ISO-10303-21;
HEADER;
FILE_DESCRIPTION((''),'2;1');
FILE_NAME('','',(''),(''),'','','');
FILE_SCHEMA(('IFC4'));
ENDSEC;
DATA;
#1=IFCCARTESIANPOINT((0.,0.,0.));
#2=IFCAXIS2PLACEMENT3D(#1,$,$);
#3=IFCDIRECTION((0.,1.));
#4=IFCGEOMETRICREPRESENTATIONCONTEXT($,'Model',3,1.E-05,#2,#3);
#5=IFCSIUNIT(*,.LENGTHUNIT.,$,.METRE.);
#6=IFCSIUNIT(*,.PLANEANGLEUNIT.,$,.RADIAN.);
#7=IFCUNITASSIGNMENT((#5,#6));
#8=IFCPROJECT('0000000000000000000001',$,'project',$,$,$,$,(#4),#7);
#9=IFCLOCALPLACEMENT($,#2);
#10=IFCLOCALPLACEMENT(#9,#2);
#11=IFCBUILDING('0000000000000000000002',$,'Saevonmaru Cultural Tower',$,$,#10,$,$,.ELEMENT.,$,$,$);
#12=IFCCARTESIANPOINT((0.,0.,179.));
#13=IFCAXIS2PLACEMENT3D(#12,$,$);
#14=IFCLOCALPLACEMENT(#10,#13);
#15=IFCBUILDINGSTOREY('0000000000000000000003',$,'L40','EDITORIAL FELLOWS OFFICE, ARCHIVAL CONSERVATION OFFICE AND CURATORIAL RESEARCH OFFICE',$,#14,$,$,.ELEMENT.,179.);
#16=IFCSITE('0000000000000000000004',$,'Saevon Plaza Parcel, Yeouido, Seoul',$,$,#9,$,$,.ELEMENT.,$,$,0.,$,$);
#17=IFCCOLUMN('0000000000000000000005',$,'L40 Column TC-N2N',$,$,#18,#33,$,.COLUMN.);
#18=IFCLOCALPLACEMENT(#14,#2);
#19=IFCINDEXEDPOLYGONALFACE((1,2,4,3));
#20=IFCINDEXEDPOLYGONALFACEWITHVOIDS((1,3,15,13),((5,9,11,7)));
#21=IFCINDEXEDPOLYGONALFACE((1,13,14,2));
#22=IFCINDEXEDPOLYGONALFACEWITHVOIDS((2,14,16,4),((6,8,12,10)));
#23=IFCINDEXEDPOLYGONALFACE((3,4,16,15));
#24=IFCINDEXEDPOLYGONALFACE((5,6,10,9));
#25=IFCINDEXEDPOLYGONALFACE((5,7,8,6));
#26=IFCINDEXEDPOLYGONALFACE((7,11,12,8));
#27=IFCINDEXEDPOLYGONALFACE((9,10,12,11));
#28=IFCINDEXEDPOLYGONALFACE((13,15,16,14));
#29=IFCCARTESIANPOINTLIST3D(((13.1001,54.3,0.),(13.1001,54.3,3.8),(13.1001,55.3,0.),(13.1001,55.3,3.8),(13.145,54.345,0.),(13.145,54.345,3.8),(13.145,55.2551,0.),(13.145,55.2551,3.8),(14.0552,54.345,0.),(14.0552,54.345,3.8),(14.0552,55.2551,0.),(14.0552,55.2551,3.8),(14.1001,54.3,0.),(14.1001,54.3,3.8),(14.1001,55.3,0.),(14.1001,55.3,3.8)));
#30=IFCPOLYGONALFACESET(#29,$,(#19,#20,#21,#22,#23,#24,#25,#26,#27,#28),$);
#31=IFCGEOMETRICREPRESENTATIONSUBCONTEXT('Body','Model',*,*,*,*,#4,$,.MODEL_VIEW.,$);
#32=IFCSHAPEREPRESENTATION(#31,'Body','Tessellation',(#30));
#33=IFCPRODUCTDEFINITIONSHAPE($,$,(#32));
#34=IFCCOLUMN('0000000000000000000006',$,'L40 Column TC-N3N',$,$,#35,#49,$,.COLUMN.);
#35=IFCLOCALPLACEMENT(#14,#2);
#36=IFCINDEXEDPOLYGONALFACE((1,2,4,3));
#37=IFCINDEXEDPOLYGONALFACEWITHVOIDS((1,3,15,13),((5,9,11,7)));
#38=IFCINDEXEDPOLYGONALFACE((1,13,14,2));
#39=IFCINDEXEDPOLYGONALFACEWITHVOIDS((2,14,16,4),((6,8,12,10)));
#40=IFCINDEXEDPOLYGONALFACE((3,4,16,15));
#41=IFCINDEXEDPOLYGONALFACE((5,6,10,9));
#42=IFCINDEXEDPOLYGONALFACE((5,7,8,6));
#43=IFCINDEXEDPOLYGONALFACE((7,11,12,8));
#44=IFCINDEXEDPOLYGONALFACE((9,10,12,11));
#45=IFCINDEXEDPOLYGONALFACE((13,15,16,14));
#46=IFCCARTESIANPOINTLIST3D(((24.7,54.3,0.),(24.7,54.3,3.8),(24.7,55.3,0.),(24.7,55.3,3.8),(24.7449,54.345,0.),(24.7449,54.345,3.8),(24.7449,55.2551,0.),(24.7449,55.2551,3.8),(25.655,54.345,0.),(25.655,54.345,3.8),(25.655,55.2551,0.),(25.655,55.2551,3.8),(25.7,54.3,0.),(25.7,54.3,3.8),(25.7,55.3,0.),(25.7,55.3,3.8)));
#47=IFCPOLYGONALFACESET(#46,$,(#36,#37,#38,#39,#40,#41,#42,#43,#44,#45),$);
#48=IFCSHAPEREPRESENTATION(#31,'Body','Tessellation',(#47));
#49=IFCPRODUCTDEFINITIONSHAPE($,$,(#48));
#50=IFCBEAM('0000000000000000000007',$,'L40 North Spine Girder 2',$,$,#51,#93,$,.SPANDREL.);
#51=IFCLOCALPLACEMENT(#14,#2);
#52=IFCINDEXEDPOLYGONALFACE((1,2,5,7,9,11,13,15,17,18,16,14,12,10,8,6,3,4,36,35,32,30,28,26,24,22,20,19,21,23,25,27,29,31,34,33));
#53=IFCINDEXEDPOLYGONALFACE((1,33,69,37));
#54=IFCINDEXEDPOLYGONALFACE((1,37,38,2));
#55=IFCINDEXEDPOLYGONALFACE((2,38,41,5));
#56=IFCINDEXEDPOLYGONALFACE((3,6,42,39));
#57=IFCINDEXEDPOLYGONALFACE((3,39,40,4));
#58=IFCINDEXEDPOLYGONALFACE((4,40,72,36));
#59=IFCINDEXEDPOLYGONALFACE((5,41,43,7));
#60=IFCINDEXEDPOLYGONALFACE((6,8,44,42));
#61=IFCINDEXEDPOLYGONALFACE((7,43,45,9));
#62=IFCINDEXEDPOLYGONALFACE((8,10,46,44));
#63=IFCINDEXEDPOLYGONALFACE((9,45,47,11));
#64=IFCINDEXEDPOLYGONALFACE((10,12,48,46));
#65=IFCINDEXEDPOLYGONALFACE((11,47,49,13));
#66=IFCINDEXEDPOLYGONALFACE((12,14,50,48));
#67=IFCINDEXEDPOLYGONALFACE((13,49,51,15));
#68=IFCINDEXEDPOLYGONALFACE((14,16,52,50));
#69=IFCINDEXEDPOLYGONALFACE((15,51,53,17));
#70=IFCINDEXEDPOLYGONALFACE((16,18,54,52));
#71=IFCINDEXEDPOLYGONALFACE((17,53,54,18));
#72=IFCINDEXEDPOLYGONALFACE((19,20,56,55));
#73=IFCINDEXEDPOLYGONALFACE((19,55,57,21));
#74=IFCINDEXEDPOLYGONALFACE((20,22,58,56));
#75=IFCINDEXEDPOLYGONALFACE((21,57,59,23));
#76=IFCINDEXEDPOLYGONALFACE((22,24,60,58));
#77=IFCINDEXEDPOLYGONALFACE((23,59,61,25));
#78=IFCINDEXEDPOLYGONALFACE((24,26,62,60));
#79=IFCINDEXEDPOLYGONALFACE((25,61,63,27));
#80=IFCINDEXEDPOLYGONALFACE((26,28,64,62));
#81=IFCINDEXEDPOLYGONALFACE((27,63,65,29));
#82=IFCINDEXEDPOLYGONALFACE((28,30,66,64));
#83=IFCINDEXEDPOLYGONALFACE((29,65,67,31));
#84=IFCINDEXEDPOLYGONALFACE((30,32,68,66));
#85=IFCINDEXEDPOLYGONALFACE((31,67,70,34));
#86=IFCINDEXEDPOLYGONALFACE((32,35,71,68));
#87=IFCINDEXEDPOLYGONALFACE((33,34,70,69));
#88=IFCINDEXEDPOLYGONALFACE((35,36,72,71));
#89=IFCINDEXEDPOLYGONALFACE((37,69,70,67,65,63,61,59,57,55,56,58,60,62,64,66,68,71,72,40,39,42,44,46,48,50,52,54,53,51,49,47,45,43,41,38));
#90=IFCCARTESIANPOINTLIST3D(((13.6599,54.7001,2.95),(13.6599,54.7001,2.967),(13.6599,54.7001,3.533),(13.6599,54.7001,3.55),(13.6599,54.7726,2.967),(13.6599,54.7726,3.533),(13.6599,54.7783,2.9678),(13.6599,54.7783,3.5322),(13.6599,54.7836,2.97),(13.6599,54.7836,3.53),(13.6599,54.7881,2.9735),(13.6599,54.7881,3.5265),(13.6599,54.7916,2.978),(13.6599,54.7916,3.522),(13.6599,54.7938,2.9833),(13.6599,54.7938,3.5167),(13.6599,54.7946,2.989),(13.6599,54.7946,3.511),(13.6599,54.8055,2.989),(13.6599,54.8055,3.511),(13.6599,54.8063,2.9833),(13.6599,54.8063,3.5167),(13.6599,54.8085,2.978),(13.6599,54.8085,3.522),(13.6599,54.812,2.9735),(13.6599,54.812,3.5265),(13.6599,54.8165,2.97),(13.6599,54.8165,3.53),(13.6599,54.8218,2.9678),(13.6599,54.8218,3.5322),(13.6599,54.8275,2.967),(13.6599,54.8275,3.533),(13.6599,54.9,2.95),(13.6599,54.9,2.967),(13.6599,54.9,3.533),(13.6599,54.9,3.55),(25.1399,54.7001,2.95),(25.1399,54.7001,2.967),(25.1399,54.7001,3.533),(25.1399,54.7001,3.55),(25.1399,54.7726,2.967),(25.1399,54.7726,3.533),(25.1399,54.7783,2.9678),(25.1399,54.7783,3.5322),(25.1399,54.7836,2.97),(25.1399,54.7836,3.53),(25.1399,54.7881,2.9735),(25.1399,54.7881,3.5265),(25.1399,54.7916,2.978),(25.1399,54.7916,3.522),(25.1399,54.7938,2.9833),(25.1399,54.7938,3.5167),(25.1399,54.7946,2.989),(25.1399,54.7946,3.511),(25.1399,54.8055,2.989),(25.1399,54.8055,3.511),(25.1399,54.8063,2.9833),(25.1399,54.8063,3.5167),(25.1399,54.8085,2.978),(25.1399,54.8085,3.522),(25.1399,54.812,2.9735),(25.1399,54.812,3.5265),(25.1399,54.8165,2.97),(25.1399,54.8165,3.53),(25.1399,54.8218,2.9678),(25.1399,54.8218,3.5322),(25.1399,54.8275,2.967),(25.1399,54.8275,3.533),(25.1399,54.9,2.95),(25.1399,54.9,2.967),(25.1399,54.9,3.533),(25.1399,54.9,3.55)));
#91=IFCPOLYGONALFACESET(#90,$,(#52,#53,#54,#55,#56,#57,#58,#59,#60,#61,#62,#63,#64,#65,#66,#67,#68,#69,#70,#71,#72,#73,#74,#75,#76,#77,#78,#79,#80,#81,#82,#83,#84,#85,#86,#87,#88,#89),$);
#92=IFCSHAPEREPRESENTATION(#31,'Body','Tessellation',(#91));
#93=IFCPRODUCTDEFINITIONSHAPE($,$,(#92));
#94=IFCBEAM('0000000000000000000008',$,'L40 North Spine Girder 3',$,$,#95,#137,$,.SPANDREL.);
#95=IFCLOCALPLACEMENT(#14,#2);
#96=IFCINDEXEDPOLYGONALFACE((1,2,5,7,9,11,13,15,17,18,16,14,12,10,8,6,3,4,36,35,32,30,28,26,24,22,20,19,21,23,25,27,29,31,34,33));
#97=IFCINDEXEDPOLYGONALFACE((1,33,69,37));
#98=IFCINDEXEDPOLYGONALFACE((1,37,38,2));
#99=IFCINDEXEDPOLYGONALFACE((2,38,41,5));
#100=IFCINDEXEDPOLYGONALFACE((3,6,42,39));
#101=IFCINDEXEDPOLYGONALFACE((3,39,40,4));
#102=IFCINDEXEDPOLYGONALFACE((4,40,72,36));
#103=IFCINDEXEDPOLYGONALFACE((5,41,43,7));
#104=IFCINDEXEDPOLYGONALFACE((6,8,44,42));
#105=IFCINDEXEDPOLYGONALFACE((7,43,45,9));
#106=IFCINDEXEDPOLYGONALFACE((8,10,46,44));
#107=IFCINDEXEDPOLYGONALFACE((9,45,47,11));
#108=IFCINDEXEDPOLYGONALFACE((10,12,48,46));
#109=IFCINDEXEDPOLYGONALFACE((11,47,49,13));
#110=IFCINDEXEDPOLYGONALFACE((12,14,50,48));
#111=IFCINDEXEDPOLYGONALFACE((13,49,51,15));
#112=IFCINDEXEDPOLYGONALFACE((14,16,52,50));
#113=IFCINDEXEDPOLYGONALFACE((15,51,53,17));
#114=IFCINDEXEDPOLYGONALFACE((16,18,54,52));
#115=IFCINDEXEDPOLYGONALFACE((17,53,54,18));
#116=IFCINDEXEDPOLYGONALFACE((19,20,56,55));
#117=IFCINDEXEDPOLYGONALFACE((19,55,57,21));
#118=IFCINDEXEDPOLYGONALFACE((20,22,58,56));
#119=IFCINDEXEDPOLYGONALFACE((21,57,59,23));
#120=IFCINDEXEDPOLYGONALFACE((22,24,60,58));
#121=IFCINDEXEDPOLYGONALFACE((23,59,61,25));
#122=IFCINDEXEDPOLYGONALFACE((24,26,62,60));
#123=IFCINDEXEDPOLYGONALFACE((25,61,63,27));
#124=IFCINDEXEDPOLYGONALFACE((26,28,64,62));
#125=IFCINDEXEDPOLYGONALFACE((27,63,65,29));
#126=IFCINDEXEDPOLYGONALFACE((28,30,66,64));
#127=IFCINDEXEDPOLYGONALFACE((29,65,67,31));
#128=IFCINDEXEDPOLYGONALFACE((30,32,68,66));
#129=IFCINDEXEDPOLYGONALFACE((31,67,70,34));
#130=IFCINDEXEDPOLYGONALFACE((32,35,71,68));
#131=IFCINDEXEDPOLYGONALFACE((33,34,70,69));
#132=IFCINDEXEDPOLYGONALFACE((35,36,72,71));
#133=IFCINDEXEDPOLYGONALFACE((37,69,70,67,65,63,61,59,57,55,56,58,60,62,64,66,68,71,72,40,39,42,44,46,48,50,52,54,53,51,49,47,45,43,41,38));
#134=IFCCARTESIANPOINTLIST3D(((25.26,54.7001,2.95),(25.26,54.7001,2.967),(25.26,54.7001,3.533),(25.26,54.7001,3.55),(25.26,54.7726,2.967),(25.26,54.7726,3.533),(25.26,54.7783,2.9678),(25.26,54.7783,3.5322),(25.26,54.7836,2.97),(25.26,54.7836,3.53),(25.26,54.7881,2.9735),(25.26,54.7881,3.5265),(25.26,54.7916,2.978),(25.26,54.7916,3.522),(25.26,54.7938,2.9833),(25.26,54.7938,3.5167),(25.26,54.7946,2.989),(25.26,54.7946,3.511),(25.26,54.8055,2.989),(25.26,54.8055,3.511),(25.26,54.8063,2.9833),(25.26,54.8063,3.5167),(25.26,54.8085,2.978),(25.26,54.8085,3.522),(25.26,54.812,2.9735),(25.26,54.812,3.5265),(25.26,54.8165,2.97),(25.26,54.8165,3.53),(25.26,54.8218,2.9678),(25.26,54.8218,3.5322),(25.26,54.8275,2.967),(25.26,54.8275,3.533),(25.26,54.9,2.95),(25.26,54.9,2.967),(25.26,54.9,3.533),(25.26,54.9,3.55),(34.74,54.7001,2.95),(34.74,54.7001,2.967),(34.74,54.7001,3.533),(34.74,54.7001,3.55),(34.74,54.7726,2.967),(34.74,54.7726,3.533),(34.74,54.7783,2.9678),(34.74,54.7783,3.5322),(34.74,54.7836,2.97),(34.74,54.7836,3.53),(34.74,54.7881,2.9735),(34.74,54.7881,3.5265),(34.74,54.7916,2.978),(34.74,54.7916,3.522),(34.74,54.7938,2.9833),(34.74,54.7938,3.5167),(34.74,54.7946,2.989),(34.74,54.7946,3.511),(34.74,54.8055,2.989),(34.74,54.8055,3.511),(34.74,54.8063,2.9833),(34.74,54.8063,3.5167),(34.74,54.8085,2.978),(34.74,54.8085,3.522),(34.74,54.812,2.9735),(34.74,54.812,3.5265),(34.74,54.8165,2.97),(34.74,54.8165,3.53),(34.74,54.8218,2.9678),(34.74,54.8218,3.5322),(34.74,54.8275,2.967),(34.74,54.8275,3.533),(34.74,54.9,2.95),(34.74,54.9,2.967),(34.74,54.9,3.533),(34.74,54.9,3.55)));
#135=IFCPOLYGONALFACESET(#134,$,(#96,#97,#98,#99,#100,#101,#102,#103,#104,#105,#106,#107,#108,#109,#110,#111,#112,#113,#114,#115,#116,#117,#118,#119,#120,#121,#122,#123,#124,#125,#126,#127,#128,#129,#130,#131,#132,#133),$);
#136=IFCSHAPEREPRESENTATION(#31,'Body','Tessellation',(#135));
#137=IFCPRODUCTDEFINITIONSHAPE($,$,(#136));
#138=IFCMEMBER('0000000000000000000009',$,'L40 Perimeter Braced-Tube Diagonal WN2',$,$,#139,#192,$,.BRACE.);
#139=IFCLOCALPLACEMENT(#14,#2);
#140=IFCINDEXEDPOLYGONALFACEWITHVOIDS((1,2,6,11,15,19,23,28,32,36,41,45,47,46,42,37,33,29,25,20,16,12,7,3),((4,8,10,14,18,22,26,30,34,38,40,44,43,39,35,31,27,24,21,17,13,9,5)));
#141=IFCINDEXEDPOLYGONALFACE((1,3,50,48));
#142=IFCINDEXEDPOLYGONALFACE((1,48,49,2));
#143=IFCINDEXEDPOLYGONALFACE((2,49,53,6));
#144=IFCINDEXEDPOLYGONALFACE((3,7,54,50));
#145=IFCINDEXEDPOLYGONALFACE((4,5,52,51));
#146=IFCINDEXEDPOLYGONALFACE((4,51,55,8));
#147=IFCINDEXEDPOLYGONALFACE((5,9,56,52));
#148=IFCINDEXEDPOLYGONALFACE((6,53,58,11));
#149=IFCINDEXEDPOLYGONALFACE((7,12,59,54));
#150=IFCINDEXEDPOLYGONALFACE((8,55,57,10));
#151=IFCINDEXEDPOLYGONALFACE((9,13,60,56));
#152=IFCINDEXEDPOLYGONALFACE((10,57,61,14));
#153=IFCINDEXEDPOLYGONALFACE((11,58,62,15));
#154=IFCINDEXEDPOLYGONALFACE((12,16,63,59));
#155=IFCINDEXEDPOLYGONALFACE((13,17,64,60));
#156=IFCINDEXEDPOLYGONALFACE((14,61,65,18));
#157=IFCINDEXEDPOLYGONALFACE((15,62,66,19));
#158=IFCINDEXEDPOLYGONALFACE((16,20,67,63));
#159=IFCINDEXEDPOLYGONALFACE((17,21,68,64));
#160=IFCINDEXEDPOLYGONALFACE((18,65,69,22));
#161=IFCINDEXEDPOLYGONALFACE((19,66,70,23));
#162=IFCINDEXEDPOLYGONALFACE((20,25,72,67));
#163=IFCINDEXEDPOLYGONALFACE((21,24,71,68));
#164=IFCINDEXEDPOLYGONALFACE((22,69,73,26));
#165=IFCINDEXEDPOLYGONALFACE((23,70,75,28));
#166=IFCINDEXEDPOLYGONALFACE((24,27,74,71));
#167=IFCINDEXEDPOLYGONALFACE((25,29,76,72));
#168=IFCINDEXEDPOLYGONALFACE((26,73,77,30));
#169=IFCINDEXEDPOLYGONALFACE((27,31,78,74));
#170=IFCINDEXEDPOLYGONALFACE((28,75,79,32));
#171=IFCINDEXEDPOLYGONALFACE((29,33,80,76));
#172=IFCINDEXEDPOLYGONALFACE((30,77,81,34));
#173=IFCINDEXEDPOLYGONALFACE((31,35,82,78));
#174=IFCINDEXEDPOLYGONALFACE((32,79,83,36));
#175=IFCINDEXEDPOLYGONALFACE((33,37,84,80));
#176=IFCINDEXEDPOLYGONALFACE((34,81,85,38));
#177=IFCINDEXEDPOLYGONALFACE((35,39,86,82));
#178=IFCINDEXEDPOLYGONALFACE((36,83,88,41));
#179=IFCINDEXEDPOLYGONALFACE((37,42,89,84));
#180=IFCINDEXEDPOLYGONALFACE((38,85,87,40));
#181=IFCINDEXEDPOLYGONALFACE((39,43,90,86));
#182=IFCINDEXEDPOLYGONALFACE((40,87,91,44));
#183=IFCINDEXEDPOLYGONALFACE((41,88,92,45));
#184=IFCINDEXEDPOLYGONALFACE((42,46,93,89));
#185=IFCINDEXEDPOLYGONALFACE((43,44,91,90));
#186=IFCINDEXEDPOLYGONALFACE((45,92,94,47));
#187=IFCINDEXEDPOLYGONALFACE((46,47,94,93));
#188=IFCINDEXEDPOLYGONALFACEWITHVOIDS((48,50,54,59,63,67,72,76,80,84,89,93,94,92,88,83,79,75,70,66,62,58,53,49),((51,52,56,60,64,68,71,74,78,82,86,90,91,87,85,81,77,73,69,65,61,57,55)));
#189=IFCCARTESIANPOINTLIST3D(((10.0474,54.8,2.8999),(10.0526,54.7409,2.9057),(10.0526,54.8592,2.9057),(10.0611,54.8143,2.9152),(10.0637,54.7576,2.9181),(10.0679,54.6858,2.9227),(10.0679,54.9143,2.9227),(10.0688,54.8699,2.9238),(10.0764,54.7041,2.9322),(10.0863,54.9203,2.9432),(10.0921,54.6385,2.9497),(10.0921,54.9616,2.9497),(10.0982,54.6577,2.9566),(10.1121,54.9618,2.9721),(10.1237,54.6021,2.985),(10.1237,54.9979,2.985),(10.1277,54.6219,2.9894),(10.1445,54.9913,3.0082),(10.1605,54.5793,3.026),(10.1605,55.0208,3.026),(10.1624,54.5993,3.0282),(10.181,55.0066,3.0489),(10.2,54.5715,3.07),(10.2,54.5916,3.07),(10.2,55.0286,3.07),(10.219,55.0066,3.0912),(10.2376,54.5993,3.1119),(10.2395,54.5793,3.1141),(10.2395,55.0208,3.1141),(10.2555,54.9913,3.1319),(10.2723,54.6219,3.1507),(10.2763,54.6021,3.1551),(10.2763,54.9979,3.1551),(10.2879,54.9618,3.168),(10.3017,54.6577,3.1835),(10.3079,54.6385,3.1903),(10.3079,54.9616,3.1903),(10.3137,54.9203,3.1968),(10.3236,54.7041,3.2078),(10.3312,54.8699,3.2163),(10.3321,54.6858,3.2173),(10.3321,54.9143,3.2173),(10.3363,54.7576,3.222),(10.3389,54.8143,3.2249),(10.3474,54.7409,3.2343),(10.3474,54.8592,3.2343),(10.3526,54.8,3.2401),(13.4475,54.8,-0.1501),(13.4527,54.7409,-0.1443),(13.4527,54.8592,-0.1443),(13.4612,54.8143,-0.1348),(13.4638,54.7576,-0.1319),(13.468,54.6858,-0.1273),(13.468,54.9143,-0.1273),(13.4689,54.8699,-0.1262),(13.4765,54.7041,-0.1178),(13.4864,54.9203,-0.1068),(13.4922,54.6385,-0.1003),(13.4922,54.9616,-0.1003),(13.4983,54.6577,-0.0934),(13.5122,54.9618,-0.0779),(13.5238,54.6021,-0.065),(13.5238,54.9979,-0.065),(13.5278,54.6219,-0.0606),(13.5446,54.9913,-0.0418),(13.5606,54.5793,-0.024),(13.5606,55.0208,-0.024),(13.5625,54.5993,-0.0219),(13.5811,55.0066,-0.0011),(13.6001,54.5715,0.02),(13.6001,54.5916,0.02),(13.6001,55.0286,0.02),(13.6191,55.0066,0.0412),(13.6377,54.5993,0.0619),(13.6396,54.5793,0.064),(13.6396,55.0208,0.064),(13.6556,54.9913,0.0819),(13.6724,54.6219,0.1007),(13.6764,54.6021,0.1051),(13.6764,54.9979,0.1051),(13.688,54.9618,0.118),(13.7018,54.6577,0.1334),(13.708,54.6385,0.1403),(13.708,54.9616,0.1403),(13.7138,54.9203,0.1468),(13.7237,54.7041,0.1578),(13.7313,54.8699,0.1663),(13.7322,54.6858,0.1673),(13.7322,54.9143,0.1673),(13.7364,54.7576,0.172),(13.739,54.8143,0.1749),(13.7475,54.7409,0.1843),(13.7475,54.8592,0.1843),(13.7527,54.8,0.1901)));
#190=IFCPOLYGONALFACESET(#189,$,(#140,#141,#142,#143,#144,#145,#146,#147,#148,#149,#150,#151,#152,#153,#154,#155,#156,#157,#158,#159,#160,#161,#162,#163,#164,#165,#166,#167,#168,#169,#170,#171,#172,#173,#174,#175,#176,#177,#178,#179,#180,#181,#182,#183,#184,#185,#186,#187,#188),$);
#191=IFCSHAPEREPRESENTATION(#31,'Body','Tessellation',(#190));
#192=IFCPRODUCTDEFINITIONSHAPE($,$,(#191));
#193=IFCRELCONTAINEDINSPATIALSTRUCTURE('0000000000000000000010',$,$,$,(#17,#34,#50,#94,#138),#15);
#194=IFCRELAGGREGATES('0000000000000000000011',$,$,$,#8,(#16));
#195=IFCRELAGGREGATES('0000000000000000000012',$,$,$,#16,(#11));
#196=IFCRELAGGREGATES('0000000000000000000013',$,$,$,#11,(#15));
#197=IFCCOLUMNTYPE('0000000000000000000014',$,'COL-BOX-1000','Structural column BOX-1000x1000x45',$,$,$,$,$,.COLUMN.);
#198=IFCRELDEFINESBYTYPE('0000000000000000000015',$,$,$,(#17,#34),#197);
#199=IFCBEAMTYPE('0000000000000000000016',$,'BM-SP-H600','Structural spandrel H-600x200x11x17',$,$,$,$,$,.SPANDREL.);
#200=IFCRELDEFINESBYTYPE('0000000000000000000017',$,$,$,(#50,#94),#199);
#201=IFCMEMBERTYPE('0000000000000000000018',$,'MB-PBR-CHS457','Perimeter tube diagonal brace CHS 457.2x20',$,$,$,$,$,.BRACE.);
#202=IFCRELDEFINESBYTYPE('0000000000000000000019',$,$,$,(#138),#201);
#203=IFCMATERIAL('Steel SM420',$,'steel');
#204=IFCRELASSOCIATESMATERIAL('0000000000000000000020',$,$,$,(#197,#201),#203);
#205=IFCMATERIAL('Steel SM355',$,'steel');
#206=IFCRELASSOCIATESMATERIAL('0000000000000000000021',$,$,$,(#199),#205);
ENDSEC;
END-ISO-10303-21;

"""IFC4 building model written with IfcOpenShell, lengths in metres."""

from ifc_helpers import new_model, si_unit, direction, frame, origin, origin_2d, place, context, subcontext, project, spatial, hollow_rectangle, hollow_circle, i_section, extrude, material, material_profile, profile_set, type_object, element, save


model = new_model("IFC4")

# Units and contexts
model_context = context("Model", 3, precision=1e-05, world=origin(), true_north=direction((0.0, 1.0)))
body_context = subcontext(model_context, "Body", "Model", "MODEL_VIEW")
ifc_project = project(units=[si_unit("LENGTHUNIT", "METRE"), si_unit("PLANEANGLEUNIT", "RADIAN")], contexts=[model_context])

# Site, building, storey
site_placement = place(None, origin())
site = spatial("IfcSite", under=ifc_project, at=site_placement, Name="Saevon Plaza Parcel, Yeouido, Seoul", CompositionType="ELEMENT", RefElevation=0.0)
building_placement = place(site_placement, origin())
building = spatial("IfcBuilding", under=site, at=building_placement, Name="Saevonmaru Cultural Tower", CompositionType="ELEMENT")
storey_placement = place(building_placement, frame((0.0, 0.0, 179.0)))
storey = spatial("IfcBuildingStorey", under=building, at=storey_placement, Name="L40", Description="EDITORIAL FELLOWS OFFICE, ARCHIVAL CONSERVATION OFFICE AND CURATORIAL RESEARCH OFFICE", CompositionType="ELEMENT", Elevation=179.0)

# Columns
ifc_material_1 = material(Name="Steel SM420", Category="steel")
ifc_material_profile_1 = material_profile(ifc_material_1, hollow_rectangle(XDim=1.0, YDim=1.0, WallThickness=0.0449, at=origin_2d()), Name="BOX-1000x1000x45")
ifc_profile_set_1 = profile_set([ifc_material_profile_1], Name="Steel SM420")
column_type = type_object("IfcColumnType", Name="COL-BOX-1000", Description="Structural column BOX-1000x1000x45", PredefinedType="COLUMN", material=ifc_profile_set_1)
for number, where, z_axis, x_axis, name in (
    (1, (13.6001, 54.8, 0.0), (0.0, 0.0, 1.0), (1.0, 0.0, 0.0), "L40 Column TC-N2N"),
    (2, (25.2, 54.8, 0.0), (0.0, 0.0, 1.0), (1.0, 0.0, 0.0), "L40 Column TC-N3N"),
):
    element("IfcColumn", number, at=place(storey_placement, frame(where, z_axis=z_axis, x_axis=x_axis)), inside=storey, type_object=column_type, Name=name, PredefinedType="COLUMN", context=body_context, shape_type="SweptSolid", body=[
        extrude(hollow_rectangle(XDim=1.0, YDim=1.0, WallThickness=0.0449, at=origin_2d()), origin(), (0.0, 0.0, 1.0), 3.8),
    ])

# Beams
ifc_material_2 = material(Name="Steel SM355", Category="steel")
ifc_material_profile_2 = material_profile(ifc_material_2, i_section(OverallWidth=0.2, OverallDepth=0.6001, WebThickness=0.011, FlangeThickness=0.0171, FilletRadius=0.022, at=origin_2d()), Name="H-600x200x11x17")
ifc_profile_set_2 = profile_set([ifc_material_profile_2], Name="Steel SM355")
beam_type = type_object("IfcBeamType", Name="BM-SP-H600", Description="Structural spandrel H-600x200x11x17", PredefinedType="SPANDREL", material=ifc_profile_set_2)
beam_1_placement = place(storey_placement, frame((13.6599, 54.8, 3.25), z_axis=(1.0, 0.0, 0.0), x_axis=(0.0, 1.0, 0.0)))
element("IfcBeam", 3, at=beam_1_placement, inside=storey, type_object=beam_type, Name="L40 North Spine Girder 2", PredefinedType="SPANDREL", context=body_context, shape_type="SweptSolid", body=[
    extrude(i_section(OverallWidth=0.2, OverallDepth=0.6001, WebThickness=0.011, FlangeThickness=0.0171, FilletRadius=0.022, at=origin_2d()), origin(), (0.0, 0.0, 1.0), 11.48),
])
beam_2_placement = place(storey_placement, frame((25.26, 54.8, 3.25), z_axis=(1.0, 0.0, 0.0), x_axis=(0.0, 1.0, 0.0)))
element("IfcBeam", 4, at=beam_2_placement, inside=storey, type_object=beam_type, Name="L40 North Spine Girder 3", PredefinedType="SPANDREL", context=body_context, shape_type="SweptSolid", body=[
    extrude(i_section(OverallWidth=0.2, OverallDepth=0.6001, WebThickness=0.011, FlangeThickness=0.0171, FilletRadius=0.022, at=origin_2d()), origin(), (0.0, 0.0, 1.0), 9.48),
])

# Member
ifc_material_profile_3 = material_profile(ifc_material_1, hollow_circle(Radius=0.2285, WallThickness=0.02, at=origin_2d()), Name="CHS-457.2x20")
ifc_profile_set_3 = profile_set([ifc_material_profile_3], Name="Steel SM420")
member_type_1 = type_object("IfcMemberType", Name="MB-PBR-CHS457", Description="Perimeter tube diagonal brace CHS 457.2x20", PredefinedType="BRACE", material=ifc_profile_set_3)
member_1_placement = place(storey_placement, frame((13.6001, 54.8, 0.02), z_axis=(-0.744391, 0.0, 0.667744), x_axis=(0.0, -1.0, 0.0)))
element("IfcMember", 5, at=member_1_placement, inside=storey, type_object=member_type_1, Name="L40 Perimeter Braced-Tube Diagonal WN2", PredefinedType="BRACE", context=body_context, shape_type="SweptSolid", body=[
    extrude(hollow_circle(Radius=0.2285, WallThickness=0.02, at=origin_2d()), origin(), (0.0, 0.0, 1.0), 4.5676),
])

save(model, "model.ifc")
